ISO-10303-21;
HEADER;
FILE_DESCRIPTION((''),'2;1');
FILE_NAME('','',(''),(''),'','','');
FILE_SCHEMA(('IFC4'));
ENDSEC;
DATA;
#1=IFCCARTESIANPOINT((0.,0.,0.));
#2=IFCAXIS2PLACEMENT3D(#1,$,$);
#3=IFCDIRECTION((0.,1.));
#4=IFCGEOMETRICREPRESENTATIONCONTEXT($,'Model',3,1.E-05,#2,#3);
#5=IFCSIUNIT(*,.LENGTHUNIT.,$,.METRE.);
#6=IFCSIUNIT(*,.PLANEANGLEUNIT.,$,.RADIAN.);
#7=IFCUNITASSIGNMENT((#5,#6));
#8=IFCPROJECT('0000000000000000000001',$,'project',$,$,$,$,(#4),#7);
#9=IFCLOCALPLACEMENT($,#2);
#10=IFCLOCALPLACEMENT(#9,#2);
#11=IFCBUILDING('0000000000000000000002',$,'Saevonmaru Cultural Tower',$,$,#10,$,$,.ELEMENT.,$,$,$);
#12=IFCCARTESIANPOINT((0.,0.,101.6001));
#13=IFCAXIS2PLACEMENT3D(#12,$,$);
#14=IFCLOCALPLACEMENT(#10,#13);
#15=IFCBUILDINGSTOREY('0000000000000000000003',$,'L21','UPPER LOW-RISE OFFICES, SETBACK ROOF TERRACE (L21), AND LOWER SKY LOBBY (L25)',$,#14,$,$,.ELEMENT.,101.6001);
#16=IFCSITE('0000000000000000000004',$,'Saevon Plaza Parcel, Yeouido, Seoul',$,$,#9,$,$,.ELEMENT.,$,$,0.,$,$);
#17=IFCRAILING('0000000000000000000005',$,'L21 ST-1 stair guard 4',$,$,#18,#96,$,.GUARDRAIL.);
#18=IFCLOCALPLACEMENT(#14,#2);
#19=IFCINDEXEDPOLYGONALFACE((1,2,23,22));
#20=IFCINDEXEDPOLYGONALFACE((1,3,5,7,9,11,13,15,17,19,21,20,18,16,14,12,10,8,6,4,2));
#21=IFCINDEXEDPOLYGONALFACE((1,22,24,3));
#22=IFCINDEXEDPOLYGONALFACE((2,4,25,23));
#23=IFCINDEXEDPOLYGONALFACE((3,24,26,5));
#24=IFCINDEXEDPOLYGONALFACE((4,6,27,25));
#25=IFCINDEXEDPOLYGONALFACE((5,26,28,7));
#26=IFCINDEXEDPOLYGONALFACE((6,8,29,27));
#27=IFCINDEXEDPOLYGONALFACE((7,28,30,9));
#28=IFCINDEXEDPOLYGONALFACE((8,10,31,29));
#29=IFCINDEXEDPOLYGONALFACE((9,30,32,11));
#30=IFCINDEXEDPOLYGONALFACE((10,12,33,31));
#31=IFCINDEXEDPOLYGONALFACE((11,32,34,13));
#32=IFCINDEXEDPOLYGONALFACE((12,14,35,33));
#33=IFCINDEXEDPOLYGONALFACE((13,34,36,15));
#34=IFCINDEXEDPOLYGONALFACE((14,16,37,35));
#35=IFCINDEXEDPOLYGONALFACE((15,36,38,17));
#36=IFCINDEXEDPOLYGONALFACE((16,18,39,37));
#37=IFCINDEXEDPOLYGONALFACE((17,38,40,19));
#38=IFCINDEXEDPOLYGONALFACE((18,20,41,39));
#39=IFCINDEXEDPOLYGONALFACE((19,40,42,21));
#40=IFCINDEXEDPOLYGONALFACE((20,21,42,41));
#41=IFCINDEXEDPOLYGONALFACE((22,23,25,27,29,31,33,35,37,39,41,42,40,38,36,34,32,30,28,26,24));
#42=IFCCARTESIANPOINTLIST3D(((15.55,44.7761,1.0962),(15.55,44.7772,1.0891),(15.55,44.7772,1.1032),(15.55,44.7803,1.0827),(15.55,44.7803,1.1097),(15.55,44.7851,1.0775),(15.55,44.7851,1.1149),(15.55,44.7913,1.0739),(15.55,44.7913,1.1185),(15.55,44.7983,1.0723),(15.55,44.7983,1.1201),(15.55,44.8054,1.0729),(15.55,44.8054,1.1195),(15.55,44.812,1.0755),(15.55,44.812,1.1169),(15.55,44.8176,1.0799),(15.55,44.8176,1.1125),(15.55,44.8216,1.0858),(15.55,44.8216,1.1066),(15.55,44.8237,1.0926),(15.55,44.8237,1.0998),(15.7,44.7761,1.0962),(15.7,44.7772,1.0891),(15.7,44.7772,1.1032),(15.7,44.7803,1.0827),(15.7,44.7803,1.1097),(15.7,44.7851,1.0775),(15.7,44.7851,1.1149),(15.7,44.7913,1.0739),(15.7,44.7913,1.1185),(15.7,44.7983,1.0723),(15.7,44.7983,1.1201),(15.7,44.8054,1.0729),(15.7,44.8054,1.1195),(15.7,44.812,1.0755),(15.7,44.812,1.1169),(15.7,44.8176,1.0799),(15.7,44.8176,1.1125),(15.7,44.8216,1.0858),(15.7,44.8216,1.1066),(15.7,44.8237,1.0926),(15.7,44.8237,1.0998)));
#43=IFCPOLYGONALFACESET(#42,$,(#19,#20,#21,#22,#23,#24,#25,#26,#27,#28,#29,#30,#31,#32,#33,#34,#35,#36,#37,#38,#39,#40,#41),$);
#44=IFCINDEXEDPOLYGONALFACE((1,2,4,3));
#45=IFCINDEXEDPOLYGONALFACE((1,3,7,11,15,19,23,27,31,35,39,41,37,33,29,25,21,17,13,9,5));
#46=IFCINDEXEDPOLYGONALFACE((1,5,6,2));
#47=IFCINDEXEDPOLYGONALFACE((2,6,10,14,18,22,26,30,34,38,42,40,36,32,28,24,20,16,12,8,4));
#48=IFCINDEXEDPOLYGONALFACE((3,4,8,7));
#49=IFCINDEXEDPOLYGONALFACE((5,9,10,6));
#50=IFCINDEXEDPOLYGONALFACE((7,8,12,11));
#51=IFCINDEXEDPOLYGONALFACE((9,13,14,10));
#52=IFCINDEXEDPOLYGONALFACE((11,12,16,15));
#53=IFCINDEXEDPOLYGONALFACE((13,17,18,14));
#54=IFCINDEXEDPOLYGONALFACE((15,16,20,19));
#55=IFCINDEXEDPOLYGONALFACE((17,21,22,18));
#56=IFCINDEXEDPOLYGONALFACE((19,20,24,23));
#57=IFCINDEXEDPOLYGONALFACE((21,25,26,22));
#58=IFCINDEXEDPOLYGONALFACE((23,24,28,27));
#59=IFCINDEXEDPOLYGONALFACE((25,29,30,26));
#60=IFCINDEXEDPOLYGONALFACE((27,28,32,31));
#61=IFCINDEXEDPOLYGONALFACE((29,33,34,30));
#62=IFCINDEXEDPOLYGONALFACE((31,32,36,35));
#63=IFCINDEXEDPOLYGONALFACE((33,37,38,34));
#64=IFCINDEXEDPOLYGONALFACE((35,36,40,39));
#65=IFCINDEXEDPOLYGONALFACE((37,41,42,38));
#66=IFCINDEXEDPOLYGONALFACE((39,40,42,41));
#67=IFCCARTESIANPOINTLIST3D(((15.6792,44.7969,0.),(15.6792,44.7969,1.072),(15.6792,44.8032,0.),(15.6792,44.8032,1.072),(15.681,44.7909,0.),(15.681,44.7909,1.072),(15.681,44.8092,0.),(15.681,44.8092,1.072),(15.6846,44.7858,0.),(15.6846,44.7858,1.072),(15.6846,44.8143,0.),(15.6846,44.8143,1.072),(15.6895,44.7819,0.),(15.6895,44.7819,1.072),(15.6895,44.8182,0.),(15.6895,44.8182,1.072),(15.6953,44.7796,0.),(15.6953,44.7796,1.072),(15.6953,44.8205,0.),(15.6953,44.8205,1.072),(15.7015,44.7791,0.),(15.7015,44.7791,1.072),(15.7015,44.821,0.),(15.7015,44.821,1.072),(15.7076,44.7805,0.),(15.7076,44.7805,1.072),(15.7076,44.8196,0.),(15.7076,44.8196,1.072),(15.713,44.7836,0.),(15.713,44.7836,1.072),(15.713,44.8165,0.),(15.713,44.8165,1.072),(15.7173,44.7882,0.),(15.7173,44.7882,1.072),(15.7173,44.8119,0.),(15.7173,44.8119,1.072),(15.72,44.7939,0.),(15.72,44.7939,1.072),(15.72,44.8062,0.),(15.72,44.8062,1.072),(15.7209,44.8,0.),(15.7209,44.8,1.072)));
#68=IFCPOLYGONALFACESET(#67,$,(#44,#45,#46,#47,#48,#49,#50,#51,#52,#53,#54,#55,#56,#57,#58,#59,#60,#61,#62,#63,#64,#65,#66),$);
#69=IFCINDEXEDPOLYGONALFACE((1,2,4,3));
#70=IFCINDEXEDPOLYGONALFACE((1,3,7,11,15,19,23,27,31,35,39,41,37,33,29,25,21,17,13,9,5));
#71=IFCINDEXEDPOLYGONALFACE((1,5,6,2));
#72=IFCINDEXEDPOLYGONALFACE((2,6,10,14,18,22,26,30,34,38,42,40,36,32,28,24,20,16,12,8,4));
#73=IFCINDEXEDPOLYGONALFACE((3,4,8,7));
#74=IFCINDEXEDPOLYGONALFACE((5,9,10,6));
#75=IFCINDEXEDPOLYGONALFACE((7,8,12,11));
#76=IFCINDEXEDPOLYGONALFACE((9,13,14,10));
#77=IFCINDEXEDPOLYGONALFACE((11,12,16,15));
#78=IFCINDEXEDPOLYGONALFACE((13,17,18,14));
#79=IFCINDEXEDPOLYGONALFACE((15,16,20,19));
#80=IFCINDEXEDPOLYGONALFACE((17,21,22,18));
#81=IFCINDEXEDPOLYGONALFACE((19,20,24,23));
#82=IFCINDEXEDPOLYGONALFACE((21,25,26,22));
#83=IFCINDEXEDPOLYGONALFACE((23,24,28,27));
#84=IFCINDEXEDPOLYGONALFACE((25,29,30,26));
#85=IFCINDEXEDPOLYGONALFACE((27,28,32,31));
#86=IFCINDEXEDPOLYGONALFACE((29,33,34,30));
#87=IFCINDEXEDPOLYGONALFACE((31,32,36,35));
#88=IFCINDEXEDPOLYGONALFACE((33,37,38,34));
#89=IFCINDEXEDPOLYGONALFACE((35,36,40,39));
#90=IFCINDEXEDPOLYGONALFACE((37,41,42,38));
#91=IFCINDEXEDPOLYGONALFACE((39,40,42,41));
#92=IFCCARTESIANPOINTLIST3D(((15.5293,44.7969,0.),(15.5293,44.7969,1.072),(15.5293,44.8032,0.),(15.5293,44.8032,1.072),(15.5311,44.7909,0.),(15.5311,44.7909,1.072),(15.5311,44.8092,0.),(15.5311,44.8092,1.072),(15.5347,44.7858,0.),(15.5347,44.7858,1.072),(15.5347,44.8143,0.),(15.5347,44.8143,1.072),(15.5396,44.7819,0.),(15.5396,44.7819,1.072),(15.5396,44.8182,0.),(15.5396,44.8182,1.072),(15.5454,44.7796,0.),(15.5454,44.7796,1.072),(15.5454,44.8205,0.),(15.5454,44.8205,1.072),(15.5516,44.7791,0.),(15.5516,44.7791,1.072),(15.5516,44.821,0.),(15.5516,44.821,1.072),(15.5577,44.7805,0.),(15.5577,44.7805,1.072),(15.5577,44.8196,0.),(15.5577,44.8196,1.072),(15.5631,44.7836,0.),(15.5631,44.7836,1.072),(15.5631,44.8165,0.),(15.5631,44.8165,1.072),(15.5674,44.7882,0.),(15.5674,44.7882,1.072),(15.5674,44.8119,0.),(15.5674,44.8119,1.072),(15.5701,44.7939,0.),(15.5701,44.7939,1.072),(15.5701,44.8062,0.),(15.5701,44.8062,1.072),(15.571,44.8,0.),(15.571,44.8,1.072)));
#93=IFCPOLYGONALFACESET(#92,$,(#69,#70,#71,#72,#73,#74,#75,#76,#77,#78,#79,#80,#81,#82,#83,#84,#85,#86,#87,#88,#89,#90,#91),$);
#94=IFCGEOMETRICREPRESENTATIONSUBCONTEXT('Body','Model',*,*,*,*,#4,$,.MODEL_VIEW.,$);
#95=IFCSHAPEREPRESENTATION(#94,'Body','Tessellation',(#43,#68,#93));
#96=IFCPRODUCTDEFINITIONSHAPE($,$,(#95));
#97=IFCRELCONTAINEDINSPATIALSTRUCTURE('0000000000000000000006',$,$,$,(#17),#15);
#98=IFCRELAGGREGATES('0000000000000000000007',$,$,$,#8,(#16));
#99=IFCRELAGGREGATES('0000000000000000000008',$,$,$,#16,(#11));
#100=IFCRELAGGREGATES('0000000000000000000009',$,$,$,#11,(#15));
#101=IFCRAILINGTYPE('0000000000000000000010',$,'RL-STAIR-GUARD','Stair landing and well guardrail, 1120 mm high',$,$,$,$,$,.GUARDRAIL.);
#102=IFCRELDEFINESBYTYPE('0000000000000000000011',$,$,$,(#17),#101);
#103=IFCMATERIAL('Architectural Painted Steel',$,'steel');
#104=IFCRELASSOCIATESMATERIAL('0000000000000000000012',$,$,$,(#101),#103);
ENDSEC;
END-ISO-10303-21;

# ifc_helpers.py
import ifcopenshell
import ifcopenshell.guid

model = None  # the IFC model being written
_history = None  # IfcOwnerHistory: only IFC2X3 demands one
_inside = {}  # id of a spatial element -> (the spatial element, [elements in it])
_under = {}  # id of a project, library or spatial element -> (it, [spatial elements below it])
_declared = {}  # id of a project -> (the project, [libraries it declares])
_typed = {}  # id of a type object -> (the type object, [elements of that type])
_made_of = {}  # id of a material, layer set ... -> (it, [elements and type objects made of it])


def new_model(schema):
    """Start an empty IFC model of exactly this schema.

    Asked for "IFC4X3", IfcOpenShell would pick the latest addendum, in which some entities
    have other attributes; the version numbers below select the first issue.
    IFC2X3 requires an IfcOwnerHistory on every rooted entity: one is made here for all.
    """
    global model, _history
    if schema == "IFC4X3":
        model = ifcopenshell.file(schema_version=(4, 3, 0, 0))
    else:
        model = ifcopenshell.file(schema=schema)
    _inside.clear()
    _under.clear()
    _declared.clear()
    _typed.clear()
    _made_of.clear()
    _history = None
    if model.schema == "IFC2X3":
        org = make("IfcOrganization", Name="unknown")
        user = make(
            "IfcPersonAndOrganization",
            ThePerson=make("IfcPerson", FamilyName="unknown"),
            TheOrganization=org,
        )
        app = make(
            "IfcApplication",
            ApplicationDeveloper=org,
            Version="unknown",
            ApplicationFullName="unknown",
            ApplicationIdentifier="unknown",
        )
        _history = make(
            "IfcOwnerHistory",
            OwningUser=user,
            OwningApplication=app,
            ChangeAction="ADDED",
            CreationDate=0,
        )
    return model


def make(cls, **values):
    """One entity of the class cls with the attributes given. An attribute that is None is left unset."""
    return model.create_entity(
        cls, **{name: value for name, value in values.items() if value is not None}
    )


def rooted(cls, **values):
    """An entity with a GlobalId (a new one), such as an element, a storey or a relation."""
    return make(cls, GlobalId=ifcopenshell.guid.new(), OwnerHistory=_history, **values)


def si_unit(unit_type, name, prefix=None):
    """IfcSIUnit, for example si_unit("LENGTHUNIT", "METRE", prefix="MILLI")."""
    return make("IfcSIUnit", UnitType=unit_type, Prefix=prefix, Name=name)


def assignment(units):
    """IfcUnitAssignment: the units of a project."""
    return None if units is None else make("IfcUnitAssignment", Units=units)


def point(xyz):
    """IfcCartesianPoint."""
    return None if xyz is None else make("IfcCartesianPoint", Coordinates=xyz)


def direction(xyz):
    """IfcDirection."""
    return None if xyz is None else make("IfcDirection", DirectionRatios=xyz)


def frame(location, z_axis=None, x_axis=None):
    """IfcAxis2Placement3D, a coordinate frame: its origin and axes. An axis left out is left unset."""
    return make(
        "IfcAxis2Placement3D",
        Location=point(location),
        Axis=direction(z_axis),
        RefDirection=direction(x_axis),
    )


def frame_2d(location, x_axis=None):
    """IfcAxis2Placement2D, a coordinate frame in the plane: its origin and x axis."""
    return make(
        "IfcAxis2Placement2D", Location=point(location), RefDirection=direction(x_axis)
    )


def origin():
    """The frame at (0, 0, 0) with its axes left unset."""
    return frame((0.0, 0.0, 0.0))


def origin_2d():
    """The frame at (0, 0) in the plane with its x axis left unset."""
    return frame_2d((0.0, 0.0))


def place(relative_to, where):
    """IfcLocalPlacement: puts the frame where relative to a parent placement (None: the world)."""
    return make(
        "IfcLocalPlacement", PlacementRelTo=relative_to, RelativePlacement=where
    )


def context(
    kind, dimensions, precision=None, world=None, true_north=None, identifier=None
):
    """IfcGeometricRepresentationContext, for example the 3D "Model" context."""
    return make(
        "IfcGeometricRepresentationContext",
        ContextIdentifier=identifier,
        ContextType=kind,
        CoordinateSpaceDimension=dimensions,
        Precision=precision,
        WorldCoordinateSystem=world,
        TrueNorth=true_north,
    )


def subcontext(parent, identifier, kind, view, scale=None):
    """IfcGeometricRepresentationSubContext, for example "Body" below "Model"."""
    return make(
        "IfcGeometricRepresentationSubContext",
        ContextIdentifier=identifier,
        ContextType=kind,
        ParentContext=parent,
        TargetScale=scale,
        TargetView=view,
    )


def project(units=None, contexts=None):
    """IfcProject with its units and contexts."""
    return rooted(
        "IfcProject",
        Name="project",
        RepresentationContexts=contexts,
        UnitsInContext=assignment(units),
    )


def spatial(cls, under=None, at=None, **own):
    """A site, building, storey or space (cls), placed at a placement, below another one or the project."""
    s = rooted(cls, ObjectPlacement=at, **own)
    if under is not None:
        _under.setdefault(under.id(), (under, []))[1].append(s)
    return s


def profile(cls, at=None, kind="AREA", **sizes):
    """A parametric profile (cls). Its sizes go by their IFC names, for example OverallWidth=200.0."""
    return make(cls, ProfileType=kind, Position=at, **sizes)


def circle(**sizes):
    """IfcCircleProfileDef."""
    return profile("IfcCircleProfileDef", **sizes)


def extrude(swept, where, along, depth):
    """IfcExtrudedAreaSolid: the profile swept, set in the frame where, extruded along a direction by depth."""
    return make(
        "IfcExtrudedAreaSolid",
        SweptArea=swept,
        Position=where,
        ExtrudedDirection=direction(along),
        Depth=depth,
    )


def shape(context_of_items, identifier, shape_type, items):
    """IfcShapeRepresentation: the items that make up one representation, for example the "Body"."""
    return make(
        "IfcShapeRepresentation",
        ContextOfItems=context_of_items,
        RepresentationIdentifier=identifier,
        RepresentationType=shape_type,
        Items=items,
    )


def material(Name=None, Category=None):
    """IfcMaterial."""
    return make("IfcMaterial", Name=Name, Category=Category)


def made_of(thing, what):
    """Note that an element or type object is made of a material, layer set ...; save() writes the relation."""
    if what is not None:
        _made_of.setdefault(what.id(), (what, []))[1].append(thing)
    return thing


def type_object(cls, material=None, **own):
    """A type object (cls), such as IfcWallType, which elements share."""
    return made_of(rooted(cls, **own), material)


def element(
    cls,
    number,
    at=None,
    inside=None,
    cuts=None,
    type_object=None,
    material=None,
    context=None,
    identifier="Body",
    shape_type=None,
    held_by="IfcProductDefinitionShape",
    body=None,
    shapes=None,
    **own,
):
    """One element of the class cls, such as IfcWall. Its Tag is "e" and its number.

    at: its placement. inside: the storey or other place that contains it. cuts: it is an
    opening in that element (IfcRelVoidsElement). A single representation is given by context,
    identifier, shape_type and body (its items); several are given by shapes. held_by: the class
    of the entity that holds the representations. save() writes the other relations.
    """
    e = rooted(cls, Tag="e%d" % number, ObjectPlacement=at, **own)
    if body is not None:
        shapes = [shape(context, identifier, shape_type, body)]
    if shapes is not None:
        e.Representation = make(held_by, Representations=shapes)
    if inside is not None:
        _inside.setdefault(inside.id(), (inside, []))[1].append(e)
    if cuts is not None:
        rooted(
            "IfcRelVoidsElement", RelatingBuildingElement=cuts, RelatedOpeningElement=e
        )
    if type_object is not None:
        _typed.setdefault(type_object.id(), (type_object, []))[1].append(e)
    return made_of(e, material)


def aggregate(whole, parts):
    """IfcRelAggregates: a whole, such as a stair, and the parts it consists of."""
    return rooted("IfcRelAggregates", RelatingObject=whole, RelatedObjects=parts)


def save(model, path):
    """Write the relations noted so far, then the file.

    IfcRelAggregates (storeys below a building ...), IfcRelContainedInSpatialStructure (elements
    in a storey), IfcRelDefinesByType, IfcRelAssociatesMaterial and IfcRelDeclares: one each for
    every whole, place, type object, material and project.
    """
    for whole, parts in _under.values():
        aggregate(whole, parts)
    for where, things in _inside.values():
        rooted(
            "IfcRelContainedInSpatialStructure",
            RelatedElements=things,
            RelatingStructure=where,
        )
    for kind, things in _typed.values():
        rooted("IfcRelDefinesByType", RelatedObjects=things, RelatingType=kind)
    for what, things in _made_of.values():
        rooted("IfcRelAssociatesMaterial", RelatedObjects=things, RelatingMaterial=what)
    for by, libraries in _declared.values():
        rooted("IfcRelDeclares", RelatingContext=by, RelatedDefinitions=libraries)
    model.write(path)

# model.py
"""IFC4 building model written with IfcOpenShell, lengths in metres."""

from ifc_helpers import new_model, si_unit, direction, frame, origin, origin_2d, place, context, subcontext, project, spatial, circle, extrude, material, type_object, element, save


model = new_model("IFC4")

# Units and contexts
model_context = context("Model", 3, precision=1e-05, world=origin(), true_north=direction((0.0, 1.0)))
body_context = subcontext(model_context, "Body", "Model", "MODEL_VIEW")
ifc_project = project(units=[si_unit("LENGTHUNIT", "METRE"), si_unit("PLANEANGLEUNIT", "RADIAN")], contexts=[model_context])

# Site, building, storey
site_placement = place(None, origin())
site = spatial("IfcSite", under=ifc_project, at=site_placement, Name="Saevon Plaza Parcel, Yeouido, Seoul", CompositionType="ELEMENT", RefElevation=0.0)
building_placement = place(site_placement, origin())
building = spatial("IfcBuilding", under=site, at=building_placement, Name="Saevonmaru Cultural Tower", CompositionType="ELEMENT")
storey_placement = place(building_placement, frame((0.0, 0.0, 101.6001)))
storey = spatial("IfcBuildingStorey", under=building, at=storey_placement, Name="L21", Description="UPPER LOW-RISE OFFICES, SETBACK ROOF TERRACE (L21), AND LOWER SKY LOBBY (L25)", CompositionType="ELEMENT", Elevation=101.6001)

# Railing
ifc_material_1 = material(Name="Architectural Painted Steel", Category="steel")
railing_type_1 = type_object("IfcRailingType", Name="RL-STAIR-GUARD", Description="Stair landing and well guardrail, 1120 mm high", PredefinedType="GUARDRAIL", material=ifc_material_1)
railing_1_placement = place(storey_placement, frame((15.7, 44.8, 0.0)))
element("IfcRailing", 1, at=railing_1_placement, inside=storey, type_object=railing_type_1, Name="L21 ST-1 stair guard 4", PredefinedType="GUARDRAIL", context=body_context, shape_type="SweptSolid", body=[
    extrude(circle(Radius=0.0239, at=origin_2d()), frame((0.0, 0.0, 1.0962), z_axis=(-1.0, 0.0, 0.0), x_axis=(0.0, -1.0, 0.0)), (0.0, 0.0, 1.0), 0.1499),
    extrude(circle(Radius=0.021, at=origin_2d()), origin(), (0.0, 0.0, 1.0), 1.072),
    extrude(circle(Radius=0.021, at=origin_2d()), frame((-0.1499, 0.0, 0.0)), (0.0, 0.0, 1.0), 1.072),
])

save(model, "model.ifc")
